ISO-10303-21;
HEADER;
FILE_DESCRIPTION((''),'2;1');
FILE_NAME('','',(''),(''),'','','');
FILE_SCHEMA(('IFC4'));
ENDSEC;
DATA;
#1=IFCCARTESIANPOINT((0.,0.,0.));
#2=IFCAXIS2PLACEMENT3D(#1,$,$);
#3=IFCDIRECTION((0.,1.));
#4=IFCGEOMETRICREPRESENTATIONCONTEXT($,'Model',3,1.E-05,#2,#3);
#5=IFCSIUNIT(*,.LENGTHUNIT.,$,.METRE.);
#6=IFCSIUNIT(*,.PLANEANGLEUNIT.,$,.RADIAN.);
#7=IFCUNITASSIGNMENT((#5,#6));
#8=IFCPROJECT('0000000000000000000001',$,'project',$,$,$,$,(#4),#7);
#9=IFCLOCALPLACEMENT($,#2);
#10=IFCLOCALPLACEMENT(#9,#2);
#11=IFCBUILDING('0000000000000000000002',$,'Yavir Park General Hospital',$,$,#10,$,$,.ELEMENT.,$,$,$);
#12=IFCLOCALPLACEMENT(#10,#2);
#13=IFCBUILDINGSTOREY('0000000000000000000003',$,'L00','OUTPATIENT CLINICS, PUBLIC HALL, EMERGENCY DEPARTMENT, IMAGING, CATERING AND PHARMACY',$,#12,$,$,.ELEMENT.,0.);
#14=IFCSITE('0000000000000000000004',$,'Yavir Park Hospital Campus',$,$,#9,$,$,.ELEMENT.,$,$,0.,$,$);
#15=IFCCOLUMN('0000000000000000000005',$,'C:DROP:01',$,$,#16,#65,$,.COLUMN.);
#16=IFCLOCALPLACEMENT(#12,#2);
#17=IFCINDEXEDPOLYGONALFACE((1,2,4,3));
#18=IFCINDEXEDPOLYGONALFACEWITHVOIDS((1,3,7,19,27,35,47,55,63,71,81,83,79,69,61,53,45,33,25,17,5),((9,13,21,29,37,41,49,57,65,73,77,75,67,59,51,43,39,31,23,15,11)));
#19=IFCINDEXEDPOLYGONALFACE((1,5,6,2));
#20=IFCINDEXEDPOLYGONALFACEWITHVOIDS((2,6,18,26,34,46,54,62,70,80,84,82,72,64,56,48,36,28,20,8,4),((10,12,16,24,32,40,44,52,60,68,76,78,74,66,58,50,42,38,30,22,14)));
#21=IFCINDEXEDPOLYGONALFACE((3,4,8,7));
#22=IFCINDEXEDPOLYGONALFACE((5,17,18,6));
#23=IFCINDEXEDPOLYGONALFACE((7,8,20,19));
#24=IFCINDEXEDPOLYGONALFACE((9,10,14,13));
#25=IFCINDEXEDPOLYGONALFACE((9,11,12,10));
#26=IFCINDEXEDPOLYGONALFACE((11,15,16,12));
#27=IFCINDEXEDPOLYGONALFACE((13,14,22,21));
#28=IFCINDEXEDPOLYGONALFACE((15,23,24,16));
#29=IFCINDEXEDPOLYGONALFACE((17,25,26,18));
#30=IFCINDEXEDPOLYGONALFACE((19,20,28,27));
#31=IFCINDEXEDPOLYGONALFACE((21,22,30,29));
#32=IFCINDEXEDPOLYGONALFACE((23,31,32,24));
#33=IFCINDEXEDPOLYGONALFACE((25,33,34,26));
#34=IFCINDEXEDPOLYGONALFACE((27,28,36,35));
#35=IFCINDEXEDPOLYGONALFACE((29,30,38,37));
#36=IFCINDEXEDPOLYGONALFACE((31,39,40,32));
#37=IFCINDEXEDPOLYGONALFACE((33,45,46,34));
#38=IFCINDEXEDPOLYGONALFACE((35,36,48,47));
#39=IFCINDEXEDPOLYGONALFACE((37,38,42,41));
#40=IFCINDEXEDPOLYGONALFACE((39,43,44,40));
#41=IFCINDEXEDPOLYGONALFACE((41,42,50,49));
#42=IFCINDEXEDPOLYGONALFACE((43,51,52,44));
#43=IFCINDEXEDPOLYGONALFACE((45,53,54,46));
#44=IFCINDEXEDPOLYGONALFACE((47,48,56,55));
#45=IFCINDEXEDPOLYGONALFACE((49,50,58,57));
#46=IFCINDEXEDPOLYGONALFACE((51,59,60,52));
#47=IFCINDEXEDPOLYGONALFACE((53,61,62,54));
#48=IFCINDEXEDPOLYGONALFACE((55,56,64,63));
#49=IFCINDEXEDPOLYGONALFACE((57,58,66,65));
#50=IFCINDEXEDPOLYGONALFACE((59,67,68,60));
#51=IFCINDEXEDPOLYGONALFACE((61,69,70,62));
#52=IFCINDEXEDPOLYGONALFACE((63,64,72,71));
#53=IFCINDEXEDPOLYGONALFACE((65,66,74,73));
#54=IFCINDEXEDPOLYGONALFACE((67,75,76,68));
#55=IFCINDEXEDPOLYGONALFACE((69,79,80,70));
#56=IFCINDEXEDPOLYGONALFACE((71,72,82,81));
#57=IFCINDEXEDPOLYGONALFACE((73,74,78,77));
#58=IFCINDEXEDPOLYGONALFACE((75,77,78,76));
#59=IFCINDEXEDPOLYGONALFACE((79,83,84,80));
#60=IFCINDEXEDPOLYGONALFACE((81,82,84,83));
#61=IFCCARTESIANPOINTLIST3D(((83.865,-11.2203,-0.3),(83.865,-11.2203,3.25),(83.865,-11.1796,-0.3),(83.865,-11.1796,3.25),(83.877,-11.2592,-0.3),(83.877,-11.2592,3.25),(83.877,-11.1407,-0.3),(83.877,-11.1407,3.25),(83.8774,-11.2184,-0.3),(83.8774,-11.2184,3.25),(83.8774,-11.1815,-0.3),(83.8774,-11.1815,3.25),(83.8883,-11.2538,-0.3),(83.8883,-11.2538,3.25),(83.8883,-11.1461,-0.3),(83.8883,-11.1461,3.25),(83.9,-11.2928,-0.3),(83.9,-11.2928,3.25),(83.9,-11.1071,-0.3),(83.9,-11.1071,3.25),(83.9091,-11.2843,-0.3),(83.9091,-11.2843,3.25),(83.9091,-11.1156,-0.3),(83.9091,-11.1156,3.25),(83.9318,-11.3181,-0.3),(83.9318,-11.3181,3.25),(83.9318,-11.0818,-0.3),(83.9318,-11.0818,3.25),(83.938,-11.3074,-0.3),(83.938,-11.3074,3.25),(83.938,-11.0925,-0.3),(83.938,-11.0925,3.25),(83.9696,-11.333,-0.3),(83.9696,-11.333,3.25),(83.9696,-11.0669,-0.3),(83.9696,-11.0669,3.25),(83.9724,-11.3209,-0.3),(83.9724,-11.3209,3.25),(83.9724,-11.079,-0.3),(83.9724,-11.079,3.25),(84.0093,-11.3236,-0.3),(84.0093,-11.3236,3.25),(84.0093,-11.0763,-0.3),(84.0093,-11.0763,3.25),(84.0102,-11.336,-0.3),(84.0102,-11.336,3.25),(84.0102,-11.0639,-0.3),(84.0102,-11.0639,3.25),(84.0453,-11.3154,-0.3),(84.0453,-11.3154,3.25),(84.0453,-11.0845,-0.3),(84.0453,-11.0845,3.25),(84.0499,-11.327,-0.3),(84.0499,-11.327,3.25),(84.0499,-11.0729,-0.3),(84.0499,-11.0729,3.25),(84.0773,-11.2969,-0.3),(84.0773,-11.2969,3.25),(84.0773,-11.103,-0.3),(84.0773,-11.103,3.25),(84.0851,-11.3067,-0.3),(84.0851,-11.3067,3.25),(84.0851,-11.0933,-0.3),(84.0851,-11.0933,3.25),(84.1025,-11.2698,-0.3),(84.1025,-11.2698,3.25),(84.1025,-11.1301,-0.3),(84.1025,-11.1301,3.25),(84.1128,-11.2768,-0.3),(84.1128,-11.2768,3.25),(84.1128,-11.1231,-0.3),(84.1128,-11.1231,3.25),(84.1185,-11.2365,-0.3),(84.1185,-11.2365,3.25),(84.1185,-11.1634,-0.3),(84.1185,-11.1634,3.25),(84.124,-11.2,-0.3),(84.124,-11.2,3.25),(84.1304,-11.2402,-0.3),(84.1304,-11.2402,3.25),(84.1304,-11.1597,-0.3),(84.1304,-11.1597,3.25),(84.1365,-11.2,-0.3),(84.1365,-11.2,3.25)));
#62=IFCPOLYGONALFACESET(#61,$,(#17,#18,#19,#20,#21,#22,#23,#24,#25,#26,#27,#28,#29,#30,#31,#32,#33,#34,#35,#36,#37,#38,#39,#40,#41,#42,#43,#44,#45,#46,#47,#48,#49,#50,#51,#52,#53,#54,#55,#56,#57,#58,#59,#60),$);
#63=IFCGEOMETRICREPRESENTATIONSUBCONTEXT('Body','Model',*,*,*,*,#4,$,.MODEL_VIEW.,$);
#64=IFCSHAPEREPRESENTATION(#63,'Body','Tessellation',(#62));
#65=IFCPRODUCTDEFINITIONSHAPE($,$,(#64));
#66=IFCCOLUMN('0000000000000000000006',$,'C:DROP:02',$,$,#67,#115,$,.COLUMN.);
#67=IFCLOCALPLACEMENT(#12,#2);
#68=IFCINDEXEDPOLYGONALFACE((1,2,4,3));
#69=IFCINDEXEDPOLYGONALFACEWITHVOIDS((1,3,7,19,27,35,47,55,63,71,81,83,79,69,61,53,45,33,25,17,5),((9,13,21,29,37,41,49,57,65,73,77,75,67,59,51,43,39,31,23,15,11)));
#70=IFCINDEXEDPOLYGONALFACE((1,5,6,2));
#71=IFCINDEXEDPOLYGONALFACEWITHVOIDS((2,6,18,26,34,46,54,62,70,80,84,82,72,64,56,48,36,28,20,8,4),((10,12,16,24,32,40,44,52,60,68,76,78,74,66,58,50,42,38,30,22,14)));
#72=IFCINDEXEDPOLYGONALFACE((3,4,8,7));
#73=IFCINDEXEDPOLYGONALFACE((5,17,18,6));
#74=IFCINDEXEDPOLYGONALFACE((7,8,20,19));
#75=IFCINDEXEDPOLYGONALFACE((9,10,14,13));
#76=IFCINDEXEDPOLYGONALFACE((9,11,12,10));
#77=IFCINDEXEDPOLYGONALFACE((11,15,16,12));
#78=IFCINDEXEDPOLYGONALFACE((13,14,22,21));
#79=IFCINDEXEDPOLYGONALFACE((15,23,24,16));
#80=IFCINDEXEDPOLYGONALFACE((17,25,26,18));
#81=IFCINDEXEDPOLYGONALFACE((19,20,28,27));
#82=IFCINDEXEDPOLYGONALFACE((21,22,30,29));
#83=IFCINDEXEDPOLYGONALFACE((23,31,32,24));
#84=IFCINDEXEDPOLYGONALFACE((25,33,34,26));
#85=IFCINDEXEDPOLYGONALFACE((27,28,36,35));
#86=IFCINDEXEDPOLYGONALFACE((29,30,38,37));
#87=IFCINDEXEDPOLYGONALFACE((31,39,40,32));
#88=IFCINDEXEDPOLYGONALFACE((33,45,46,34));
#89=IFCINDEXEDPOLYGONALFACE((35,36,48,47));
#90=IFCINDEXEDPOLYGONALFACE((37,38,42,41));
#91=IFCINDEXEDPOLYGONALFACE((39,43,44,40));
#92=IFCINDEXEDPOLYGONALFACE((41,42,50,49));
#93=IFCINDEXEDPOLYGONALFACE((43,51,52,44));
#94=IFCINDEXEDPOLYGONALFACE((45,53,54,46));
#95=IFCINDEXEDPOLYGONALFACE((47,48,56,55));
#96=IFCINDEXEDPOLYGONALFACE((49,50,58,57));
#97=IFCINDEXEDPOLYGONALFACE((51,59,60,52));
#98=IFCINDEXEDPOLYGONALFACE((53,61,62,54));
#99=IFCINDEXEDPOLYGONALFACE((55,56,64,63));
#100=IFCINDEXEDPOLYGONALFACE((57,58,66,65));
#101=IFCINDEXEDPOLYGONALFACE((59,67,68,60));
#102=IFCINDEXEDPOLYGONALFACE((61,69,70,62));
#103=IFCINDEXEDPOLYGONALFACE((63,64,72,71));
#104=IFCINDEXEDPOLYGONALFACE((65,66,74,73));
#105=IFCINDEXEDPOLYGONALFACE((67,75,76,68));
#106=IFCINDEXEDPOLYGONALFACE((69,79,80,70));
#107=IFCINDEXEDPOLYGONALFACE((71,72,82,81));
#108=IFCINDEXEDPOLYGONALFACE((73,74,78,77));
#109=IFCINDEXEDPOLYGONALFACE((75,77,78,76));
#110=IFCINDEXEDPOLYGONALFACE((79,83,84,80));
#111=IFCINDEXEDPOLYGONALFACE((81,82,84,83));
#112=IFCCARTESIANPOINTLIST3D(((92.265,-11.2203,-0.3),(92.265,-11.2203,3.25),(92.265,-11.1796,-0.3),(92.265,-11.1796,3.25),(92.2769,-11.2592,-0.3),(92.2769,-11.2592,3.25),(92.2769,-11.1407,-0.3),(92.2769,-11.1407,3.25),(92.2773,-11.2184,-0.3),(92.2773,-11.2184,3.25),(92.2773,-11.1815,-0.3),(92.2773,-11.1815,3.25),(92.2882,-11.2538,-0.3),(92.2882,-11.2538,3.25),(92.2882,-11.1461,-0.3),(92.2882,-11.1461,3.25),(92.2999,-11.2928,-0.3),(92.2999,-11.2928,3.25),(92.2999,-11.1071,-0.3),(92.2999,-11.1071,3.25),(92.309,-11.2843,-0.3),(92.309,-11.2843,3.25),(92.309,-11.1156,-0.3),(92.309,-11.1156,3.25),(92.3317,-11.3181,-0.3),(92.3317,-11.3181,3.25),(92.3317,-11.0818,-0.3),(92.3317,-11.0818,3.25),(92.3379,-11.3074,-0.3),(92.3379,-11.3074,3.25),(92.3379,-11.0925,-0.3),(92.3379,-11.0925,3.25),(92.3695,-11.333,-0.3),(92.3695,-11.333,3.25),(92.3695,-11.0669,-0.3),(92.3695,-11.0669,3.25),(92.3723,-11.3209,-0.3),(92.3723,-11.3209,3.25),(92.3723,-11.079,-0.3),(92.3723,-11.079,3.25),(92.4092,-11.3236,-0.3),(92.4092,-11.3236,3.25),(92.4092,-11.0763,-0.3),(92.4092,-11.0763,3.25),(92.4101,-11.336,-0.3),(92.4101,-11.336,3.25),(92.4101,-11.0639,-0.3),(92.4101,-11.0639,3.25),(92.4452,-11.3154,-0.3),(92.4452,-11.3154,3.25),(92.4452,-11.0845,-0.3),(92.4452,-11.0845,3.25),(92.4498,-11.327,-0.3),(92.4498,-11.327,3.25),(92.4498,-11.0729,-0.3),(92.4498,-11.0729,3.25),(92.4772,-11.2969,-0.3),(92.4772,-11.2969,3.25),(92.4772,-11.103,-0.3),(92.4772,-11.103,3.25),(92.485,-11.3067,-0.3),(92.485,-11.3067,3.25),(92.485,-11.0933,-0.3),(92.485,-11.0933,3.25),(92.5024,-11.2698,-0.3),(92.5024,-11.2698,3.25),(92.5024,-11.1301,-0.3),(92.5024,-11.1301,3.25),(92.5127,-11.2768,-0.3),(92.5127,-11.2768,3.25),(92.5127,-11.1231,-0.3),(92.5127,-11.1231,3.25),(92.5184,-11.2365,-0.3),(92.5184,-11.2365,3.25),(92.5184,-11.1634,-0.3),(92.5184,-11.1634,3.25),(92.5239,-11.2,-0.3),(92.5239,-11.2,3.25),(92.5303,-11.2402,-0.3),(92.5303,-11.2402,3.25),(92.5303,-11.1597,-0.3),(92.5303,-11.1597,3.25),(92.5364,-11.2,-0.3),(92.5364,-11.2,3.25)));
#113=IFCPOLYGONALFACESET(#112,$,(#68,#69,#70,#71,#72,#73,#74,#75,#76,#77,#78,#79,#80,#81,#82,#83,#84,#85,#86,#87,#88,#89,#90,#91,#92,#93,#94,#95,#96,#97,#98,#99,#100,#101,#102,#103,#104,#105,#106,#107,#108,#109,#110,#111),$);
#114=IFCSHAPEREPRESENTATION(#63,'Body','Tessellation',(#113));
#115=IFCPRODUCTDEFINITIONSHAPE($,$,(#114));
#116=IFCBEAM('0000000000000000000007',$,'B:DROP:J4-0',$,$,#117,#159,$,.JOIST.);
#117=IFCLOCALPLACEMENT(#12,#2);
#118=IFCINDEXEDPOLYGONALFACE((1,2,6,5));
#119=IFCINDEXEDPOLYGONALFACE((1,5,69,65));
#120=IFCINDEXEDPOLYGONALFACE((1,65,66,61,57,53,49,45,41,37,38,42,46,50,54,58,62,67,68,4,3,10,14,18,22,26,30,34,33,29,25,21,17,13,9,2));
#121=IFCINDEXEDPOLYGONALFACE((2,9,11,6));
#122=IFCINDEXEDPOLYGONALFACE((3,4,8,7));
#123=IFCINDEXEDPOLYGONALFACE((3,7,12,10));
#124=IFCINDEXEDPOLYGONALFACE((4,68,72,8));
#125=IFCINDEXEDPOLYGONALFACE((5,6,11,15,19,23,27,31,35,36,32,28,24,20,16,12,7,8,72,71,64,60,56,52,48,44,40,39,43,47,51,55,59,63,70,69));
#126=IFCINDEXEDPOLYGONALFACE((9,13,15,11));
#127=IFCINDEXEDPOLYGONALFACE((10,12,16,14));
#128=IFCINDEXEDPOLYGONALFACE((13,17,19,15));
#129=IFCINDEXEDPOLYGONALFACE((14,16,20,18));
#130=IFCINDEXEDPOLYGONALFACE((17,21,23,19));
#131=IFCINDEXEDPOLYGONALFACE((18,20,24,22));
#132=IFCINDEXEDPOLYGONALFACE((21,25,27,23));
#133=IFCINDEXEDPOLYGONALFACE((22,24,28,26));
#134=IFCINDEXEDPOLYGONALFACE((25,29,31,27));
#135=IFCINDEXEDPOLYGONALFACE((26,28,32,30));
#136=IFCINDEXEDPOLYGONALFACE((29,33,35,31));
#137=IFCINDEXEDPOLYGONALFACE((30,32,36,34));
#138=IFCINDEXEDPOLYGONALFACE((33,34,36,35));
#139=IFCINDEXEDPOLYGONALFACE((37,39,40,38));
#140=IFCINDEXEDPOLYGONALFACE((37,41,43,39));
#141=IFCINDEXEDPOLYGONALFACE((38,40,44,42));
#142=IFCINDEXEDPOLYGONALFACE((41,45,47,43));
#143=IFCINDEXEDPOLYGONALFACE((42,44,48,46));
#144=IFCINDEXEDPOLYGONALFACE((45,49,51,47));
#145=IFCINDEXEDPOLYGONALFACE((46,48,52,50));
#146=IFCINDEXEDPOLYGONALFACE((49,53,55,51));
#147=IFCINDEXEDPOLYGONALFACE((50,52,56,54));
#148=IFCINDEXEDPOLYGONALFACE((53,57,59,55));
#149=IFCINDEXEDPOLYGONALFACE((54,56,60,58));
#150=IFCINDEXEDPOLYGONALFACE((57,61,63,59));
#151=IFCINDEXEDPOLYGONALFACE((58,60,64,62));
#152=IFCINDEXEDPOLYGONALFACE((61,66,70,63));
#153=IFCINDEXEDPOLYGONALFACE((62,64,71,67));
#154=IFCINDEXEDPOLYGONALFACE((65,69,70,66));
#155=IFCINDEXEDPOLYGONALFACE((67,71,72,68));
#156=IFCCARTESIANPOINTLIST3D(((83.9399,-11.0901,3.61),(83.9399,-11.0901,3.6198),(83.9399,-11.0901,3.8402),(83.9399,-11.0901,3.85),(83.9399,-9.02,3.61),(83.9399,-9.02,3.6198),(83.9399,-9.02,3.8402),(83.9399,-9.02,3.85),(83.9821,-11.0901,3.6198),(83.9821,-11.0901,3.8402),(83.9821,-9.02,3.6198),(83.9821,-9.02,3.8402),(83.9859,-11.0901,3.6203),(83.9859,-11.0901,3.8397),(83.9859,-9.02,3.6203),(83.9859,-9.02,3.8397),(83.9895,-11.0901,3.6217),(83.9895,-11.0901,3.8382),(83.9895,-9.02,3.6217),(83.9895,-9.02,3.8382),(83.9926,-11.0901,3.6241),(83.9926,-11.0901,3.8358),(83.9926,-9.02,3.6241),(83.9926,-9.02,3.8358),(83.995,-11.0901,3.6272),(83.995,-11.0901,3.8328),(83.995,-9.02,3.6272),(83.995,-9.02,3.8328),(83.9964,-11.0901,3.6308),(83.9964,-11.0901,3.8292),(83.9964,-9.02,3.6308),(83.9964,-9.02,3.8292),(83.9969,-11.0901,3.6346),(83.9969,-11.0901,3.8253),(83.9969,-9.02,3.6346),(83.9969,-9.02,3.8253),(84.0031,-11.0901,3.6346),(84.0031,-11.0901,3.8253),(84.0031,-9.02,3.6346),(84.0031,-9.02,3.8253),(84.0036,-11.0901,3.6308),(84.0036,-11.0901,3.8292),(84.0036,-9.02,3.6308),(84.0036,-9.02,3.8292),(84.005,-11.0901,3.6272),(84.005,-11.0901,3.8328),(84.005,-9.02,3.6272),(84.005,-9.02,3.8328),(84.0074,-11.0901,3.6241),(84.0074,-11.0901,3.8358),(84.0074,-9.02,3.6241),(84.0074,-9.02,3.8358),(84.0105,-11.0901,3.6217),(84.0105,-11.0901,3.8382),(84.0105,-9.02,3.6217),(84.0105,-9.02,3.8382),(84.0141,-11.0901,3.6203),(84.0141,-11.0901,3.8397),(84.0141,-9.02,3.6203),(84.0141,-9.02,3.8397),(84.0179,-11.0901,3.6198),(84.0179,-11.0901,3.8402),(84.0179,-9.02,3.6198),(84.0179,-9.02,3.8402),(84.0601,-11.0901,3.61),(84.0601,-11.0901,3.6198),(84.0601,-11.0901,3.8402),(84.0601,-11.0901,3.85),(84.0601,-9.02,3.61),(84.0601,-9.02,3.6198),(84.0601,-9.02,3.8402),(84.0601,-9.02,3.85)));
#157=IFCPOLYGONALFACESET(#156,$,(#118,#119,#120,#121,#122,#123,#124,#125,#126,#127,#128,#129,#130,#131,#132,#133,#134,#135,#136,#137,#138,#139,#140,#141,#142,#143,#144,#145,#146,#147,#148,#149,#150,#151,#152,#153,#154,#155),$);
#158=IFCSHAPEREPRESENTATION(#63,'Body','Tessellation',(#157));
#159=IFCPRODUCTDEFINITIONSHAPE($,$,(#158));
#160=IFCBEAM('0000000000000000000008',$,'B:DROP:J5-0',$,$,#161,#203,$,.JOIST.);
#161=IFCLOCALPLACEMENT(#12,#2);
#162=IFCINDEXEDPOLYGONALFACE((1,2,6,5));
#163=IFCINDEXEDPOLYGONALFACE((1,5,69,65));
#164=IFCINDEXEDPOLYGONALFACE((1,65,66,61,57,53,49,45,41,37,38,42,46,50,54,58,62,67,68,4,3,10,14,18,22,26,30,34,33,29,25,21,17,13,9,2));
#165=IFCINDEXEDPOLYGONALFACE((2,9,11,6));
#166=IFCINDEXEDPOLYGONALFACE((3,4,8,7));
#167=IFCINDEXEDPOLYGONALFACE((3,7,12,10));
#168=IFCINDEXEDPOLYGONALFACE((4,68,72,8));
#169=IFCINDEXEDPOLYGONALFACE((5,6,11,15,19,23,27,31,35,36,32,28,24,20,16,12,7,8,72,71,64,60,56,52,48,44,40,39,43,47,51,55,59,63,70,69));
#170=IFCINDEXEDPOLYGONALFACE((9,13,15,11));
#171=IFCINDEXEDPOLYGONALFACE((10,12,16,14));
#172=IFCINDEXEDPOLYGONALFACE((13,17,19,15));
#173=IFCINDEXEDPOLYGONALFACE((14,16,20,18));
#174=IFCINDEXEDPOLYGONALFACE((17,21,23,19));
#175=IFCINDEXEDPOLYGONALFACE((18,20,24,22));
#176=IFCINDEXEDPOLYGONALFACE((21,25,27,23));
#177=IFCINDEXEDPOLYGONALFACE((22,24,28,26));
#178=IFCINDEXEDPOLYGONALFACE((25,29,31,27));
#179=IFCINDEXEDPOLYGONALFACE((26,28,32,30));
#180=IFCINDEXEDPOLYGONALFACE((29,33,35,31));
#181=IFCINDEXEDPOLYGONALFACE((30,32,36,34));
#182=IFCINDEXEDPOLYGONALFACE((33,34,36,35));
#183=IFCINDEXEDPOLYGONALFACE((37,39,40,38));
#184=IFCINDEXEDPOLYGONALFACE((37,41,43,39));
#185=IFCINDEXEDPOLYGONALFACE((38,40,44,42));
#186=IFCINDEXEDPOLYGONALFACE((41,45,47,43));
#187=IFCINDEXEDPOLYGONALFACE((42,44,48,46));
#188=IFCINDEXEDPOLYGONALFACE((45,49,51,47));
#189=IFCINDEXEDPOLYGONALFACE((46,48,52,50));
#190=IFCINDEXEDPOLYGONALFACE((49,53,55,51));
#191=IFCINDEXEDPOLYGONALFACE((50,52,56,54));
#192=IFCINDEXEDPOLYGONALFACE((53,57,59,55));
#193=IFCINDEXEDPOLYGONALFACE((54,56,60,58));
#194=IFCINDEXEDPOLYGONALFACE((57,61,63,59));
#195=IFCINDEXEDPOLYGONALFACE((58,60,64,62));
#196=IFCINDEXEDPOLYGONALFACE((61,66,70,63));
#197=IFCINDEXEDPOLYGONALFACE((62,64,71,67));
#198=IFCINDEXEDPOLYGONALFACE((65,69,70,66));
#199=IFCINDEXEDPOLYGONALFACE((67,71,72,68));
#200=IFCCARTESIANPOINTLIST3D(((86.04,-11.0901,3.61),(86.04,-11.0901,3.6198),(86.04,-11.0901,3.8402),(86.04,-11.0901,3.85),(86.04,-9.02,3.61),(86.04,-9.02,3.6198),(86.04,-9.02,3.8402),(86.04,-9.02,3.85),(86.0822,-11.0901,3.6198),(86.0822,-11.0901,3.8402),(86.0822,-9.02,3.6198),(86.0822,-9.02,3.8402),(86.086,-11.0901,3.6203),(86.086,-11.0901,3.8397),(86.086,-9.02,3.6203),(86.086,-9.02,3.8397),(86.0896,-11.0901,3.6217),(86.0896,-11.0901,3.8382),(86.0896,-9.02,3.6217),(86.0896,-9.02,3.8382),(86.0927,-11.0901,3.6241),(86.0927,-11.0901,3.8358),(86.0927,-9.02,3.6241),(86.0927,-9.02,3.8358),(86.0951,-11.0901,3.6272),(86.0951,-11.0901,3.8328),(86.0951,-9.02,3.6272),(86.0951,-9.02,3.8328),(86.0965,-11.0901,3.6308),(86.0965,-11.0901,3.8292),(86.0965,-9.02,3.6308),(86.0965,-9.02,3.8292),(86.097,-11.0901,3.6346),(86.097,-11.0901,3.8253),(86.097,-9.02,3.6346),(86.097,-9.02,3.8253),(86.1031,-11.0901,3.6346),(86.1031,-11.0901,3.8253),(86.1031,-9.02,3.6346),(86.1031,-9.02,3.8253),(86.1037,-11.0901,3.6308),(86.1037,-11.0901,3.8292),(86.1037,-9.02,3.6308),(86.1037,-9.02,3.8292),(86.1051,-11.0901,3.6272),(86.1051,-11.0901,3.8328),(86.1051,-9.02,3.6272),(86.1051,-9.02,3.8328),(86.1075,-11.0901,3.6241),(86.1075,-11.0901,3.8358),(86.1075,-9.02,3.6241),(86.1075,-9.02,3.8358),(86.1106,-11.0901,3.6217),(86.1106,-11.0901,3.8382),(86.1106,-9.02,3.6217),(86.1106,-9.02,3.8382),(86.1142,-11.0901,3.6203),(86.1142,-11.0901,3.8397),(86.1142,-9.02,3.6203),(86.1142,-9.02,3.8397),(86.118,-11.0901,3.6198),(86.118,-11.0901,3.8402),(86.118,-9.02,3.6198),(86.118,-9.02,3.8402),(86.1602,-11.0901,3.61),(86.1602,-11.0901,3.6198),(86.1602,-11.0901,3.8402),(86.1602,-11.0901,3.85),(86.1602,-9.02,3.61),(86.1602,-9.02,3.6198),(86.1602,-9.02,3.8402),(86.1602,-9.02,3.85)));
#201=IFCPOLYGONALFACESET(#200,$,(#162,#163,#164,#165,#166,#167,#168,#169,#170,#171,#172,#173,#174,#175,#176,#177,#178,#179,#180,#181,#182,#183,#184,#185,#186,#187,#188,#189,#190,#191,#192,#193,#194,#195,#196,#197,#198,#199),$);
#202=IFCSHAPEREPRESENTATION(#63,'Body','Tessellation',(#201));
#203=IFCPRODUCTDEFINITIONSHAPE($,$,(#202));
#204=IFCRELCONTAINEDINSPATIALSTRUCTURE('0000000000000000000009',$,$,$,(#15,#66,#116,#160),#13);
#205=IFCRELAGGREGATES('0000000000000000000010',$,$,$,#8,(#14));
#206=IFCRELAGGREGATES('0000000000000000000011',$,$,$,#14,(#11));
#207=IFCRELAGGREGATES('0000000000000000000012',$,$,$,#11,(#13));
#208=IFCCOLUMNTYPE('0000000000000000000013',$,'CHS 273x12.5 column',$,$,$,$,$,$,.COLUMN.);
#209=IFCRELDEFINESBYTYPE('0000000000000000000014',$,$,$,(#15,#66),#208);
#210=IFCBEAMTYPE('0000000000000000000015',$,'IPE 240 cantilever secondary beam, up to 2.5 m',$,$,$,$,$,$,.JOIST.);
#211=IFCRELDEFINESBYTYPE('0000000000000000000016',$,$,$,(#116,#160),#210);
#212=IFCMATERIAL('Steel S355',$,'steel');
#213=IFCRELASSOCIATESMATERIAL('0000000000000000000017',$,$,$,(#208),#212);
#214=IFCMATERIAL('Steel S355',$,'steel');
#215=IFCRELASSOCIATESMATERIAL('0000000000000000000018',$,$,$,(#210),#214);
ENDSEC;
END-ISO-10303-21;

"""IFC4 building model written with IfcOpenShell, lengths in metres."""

from ifc_helpers import new_model, si_unit, direction, frame, origin, origin_2d, place, context, subcontext, project, spatial, hollow_circle, i_section, extrude, material, material_profile, profile_set, type_object, element, save


model = new_model("IFC4")

# Units and contexts
model_context = context("Model", 3, precision=1e-05, world=origin(), true_north=direction((0.0, 1.0)))
body_context = subcontext(model_context, "Body", "Model", "MODEL_VIEW")
ifc_project = project(units=[si_unit("LENGTHUNIT", "METRE"), si_unit("PLANEANGLEUNIT", "RADIAN")], contexts=[model_context])

# Site, building, storey
site_placement = place(None, origin())
site = spatial("IfcSite", under=ifc_project, at=site_placement, Name="Yavir Park Hospital Campus", CompositionType="ELEMENT", RefElevation=0.0)
building_placement = place(site_placement, origin())
building = spatial("IfcBuilding", under=site, at=building_placement, Name="Yavir Park General Hospital", CompositionType="ELEMENT")
storey_placement = place(building_placement, origin())
storey = spatial("IfcBuildingStorey", under=building, at=storey_placement, Name="L00", Description="OUTPATIENT CLINICS, PUBLIC HALL, EMERGENCY DEPARTMENT, IMAGING, CATERING AND PHARMACY", CompositionType="ELEMENT", Elevation=0.0)

# Columns
ifc_material_1 = material(Name="Steel S355", Category="steel")
ifc_material_profile_1 = material_profile(ifc_material_1, hollow_circle(Radius=0.1365, WallThickness=0.0125, at=origin_2d()), Name="CHS273x12.5")
ifc_profile_set_1 = profile_set([ifc_material_profile_1], Name="Steel S355")
column_type_1 = type_object("IfcColumnType", Name="CHS 273x12.5 column", PredefinedType="COLUMN", material=ifc_profile_set_1)
for number, where, z_axis, x_axis, name in (
    (1, (84.0, -11.2, -0.3), (0.0, 0.0, 1.0), (1.0, 0.0, 0.0), "C:DROP:01"),
    (2, (92.3999, -11.2, -0.3), (0.0, 0.0, 1.0), (1.0, 0.0, 0.0), "C:DROP:02"),
):
    element("IfcColumn", number, at=place(storey_placement, frame(where, z_axis=z_axis, x_axis=x_axis)), inside=storey, type_object=column_type_1, Name=name, PredefinedType="COLUMN", context=body_context, shape_type="SweptSolid", body=[
        extrude(hollow_circle(Radius=0.1365, WallThickness=0.0125, at=origin_2d()), origin(), (0.0, 0.0, 1.0), 3.55),
    ])

# Beams
ifc_material_2 = material(Name="Steel S355", Category="steel")
ifc_material_profile_2 = material_profile(ifc_material_2, i_section(OverallWidth=0.1201, OverallDepth=0.24, WebThickness=0.0061, FlangeThickness=0.0098, FilletRadius=0.0149, at=origin_2d()), Name="IPE240")
ifc_profile_set_2 = profile_set([ifc_material_profile_2], Name="Steel S355")
beam_type_1 = type_object("IfcBeamType", Name="IPE 240 cantilever secondary beam, up to 2.5 m", PredefinedType="JOIST", material=ifc_profile_set_2)
for number, where, z_axis, x_axis, name in (
    (3, (84.0, -9.02, 3.73), (0.0, -1.0, 0.0), (1.0, 0.0, 0.0), "B:DROP:J4-0"),
    (4, (86.1001, -9.02, 3.73), (0.0, -1.0, 0.0), (1.0, 0.0, 0.0), "B:DROP:J5-0"),
):
    element("IfcBeam", number, at=place(storey_placement, frame(where, z_axis=z_axis, x_axis=x_axis)), inside=storey, type_object=beam_type_1, Name=name, PredefinedType="JOIST", context=body_context, shape_type="SweptSolid", body=[
        extrude(i_section(OverallWidth=0.1201, OverallDepth=0.24, WebThickness=0.0061, FlangeThickness=0.0098, FilletRadius=0.0149, at=origin_2d()), origin(), (0.0, 0.0, 1.0), 2.0701),
    ])

save(model, "model.ifc")
